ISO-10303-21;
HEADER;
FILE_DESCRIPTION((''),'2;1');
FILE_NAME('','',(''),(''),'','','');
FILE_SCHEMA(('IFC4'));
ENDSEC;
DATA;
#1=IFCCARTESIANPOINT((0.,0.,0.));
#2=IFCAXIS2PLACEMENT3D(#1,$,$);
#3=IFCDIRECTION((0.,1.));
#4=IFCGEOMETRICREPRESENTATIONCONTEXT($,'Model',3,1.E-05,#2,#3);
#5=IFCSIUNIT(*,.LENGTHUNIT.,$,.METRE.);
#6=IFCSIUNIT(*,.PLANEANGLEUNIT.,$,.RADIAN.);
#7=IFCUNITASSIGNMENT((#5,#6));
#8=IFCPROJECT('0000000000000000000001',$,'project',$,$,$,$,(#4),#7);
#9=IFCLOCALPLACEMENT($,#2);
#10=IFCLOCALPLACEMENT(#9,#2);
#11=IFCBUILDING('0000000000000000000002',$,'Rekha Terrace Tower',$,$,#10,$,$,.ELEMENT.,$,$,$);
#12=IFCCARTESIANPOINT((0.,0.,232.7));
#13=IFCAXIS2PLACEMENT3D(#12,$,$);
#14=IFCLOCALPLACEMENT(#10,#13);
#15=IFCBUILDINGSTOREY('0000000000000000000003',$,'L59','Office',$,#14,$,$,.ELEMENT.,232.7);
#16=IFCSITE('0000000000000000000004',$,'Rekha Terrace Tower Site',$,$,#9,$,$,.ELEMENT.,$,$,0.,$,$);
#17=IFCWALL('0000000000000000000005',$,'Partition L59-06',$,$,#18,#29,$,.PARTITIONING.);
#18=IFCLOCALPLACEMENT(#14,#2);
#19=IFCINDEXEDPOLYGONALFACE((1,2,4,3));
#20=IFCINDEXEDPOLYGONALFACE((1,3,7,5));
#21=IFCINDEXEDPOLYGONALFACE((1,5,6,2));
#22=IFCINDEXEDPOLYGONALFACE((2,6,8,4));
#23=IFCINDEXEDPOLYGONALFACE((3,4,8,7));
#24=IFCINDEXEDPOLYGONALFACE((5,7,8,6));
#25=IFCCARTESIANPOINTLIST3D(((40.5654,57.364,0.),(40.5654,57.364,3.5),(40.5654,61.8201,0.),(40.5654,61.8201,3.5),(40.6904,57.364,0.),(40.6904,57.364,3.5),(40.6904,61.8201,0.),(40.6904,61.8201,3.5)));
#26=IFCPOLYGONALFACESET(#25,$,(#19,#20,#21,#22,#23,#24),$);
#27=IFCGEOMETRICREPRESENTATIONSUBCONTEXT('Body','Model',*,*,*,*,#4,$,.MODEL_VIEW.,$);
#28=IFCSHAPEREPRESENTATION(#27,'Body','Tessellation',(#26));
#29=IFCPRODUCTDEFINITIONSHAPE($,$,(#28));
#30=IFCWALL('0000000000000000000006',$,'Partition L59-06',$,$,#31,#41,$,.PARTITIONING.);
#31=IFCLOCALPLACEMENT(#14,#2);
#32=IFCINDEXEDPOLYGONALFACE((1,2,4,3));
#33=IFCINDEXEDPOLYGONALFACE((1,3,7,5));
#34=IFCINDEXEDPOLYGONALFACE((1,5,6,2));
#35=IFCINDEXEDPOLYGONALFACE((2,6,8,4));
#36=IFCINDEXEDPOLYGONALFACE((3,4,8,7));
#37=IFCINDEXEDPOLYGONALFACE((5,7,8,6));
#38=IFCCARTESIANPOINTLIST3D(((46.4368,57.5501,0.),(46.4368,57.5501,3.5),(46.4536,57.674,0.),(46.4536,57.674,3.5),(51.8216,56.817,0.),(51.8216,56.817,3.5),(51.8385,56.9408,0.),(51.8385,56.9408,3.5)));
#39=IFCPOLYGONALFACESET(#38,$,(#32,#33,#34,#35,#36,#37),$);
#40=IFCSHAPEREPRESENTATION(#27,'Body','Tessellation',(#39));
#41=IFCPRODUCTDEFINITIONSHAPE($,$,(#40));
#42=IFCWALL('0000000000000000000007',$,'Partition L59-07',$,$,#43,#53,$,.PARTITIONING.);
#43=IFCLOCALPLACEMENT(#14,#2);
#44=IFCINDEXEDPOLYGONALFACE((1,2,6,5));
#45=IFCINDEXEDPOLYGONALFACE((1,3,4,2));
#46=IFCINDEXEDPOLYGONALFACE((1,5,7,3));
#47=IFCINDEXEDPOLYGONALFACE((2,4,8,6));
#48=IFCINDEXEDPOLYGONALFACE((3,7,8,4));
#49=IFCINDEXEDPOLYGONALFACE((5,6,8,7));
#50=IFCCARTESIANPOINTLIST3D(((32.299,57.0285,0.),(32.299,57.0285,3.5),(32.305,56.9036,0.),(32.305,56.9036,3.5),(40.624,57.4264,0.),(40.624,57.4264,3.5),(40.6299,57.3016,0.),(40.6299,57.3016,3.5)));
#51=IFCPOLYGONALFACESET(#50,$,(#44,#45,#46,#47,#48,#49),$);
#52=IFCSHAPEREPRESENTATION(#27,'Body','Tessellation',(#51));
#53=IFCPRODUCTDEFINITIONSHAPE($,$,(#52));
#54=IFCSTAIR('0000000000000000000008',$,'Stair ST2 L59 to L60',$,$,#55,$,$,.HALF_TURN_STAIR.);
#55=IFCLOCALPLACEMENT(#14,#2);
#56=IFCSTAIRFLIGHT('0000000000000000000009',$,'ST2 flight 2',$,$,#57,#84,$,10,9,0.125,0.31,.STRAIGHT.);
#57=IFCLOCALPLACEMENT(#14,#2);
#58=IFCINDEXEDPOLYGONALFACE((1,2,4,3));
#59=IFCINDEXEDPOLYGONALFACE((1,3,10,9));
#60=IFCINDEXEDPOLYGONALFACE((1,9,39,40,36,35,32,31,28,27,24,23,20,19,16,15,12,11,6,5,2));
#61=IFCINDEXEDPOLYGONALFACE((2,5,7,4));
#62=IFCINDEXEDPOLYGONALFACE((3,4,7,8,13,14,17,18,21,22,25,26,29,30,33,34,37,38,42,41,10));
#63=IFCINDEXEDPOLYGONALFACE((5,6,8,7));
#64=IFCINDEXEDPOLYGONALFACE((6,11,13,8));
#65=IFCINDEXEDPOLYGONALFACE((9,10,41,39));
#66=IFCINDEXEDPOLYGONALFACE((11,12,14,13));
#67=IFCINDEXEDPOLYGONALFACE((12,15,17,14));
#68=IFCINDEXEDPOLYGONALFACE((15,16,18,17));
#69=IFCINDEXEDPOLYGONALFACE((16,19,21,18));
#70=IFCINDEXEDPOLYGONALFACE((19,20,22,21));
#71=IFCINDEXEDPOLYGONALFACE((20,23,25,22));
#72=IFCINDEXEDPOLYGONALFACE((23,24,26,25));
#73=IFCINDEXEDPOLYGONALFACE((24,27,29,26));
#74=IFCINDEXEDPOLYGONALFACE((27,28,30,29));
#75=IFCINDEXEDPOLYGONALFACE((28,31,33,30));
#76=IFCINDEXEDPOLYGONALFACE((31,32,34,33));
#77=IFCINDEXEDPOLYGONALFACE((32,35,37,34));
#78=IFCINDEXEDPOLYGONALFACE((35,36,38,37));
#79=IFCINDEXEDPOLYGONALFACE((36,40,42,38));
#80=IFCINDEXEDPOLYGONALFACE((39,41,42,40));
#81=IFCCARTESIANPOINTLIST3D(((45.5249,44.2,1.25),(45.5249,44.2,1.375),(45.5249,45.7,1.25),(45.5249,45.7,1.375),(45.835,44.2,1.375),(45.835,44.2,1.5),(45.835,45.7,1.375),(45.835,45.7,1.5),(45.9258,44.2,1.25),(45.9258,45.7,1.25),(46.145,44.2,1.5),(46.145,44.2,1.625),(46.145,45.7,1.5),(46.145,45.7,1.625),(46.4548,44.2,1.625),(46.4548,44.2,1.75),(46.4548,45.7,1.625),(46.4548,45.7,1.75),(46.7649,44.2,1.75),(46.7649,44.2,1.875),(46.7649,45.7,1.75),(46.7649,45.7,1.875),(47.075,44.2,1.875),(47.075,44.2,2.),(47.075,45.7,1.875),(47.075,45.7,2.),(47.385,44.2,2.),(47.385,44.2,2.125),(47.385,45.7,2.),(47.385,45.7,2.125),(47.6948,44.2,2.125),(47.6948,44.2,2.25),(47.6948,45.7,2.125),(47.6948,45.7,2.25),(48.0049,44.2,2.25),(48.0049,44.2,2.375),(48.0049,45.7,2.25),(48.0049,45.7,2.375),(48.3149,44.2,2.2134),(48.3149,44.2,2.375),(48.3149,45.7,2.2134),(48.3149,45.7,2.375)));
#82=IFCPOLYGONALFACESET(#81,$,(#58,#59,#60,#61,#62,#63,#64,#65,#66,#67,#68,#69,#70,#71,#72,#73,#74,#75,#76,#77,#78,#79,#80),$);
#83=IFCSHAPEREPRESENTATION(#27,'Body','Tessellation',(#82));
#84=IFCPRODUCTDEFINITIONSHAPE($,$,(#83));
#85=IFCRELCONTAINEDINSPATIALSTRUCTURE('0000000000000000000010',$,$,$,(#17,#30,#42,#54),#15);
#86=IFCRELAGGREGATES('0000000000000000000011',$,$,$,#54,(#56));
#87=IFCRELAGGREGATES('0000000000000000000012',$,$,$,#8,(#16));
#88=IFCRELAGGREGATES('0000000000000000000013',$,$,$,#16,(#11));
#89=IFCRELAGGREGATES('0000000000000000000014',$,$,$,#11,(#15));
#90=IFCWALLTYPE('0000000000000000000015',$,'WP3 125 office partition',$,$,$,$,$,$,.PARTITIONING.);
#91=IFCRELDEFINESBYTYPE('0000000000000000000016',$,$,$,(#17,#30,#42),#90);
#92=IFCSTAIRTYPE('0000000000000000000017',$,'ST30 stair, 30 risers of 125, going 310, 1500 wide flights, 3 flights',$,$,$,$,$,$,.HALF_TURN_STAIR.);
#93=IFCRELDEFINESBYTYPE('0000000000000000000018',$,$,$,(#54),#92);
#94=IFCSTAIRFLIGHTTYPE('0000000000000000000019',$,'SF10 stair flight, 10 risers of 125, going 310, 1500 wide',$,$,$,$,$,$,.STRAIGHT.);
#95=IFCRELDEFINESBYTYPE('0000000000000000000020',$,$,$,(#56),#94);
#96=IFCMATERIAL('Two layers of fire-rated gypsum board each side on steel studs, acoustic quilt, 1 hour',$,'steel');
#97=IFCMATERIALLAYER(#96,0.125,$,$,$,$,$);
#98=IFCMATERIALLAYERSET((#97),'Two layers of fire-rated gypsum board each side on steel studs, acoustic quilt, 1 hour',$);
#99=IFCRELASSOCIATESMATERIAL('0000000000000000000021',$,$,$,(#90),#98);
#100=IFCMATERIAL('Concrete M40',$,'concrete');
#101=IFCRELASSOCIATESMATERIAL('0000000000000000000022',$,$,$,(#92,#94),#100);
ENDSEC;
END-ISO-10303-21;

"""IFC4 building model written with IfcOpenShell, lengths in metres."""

from ifc_helpers import new_model, si_unit, direction, frame, frame_2d, origin, place, context, subcontext, project, spatial, polyline, rectangle, outline, extrude, material, layer, layer_set, type_object, element, aggregate, save


model = new_model("IFC4")

# Units and contexts
model_context = context("Model", 3, precision=1e-05, world=origin(), true_north=direction((0.0, 1.0)))
body_context = subcontext(model_context, "Body", "Model", "MODEL_VIEW")
ifc_project = project(units=[si_unit("LENGTHUNIT", "METRE"), si_unit("PLANEANGLEUNIT", "RADIAN")], contexts=[model_context])

# Site, building, storey
site_placement = place(None, origin())
site = spatial("IfcSite", under=ifc_project, at=site_placement, Name="Rekha Terrace Tower Site", CompositionType="ELEMENT", RefElevation=0.0)
building_placement = place(site_placement, origin())
building = spatial("IfcBuilding", under=site, at=building_placement, Name="Rekha Terrace Tower", CompositionType="ELEMENT")
storey_placement = place(building_placement, frame((0.0, 0.0, 232.7)))
storey = spatial("IfcBuildingStorey", under=building, at=storey_placement, Name="L59", Description="Office", CompositionType="ELEMENT", Elevation=232.7)

# Shared definitions
ifc_material_1 = material(Name="Two layers of fire-rated gypsum board each side on steel studs, acoustic quilt, 1 hour", Category="steel")
ifc_layer_1 = layer(ifc_material_1, 0.125)
ifc_layer_set_1 = layer_set([ifc_layer_1], Name="Two layers of fire-rated gypsum board each side on steel studs, acoustic quilt, 1 hour")
wall_type_1 = type_object("IfcWallType", Name="WP3 125 office partition", PredefinedType="PARTITIONING", material=ifc_layer_set_1)

# Walls
wall_1_placement = place(storey_placement, frame((40.6279, 57.364, 0.0), z_axis=(0.0, 0.0, 1.0), x_axis=(0.0, 1.0, 0.0)))
element("IfcWall", 1, at=wall_1_placement, inside=storey, type_object=wall_type_1, Name="Partition L59-06", PredefinedType="PARTITIONING", context=body_context, shape_type="SweptSolid", body=[
    extrude(rectangle(XDim=4.4561, YDim=0.125, at=frame_2d((2.228, 0.0))), origin(), (0.0, 0.0, 1.0), 3.5),
])
wall_2_placement = place(storey_placement, frame((51.8301, 56.8789, 0.0), z_axis=(0.0, 0.0, 1.0), x_axis=(-0.990859, 0.134903, 0.0)))
element("IfcWall", 2, at=wall_2_placement, inside=storey, type_object=wall_type_1, Name="Partition L59-06", PredefinedType="PARTITIONING", context=body_context, shape_type="SweptSolid", body=[
    extrude(rectangle(XDim=5.4346, YDim=0.125, at=frame_2d((2.7173, 0.0))), origin(), (0.0, 0.0, 1.0), 3.5),
])
wall_3_placement = place(storey_placement, frame((40.627, 57.364, 0.0), z_axis=(0.0, 0.0, 1.0), x_axis=(-0.998859, -0.047747, 0.0)))
element("IfcWall", 3, at=wall_3_placement, inside=storey, type_object=wall_type_1, Name="Partition L59-07", PredefinedType="PARTITIONING", context=body_context, shape_type="SweptSolid", body=[
    extrude(rectangle(XDim=8.3345, YDim=0.125, at=frame_2d((4.1672, 0.0))), origin(), (0.0, 0.0, 1.0), 3.5),
])

# Stair, stair flight
ifc_material_2 = material(Name="Concrete M40", Category="concrete")
stair_type = type_object("IfcStairType", Name="ST30 stair, 30 risers of 125, going 310, 1500 wide flights, 3 flights", PredefinedType="HALF_TURN_STAIR", material=ifc_material_2)
stair_placement = place(storey_placement, origin())
stair = element("IfcStair", 4, at=stair_placement, inside=storey, type_object=stair_type, Name="Stair ST2 L59 to L60", PredefinedType="HALF_TURN_STAIR")
stair_flight_type = type_object("IfcStairFlightType", Name="SF10 stair flight, 10 risers of 125, going 310, 1500 wide", PredefinedType="STRAIGHT", material=ifc_material_2)
stair_flight_placement = place(storey_placement, frame((45.5249, 44.95, 1.25), z_axis=(0.0, 0.0, 1.0), x_axis=(1.0, 0.0, 0.0)))
stair_flight = element("IfcStairFlight", 5, at=stair_flight_placement, type_object=stair_flight_type, Name="ST2 flight 2", NumberOfRisers=10, NumberOfTreads=9, PredefinedType="STRAIGHT", RiserHeight=0.125, TreadLength=0.31, context=body_context, shape_type="SweptSolid", body=[
    extrude(outline(polyline([(0.0, 0.0), (0.0, 0.125), (0.3101, 0.125), (0.3101, 0.25), (0.6201, 0.25), (0.6201, 0.375), (0.9299, 0.375), (0.9299, 0.5), (1.24, 0.5), (1.24, 0.625), (1.55, 0.625), (1.55, 0.75), (1.8601, 0.75), (1.8601, 0.875), (2.1699, 0.875), (2.1699, 1.0), (2.48, 1.0), (2.48, 1.125), (2.79, 1.125), (2.79, 1.25), (2.79, 0.9634), (0.4009, 0.0), (0.0, 0.0)])), frame((0.0, 0.75, 0.0), z_axis=(0.0, -1.0, 0.0), x_axis=(1.0, 0.0, 0.0)), (0.0, 0.0, 1.0), 1.5),
])
aggregate(stair, [stair_flight])

save(model, "model.ifc")
